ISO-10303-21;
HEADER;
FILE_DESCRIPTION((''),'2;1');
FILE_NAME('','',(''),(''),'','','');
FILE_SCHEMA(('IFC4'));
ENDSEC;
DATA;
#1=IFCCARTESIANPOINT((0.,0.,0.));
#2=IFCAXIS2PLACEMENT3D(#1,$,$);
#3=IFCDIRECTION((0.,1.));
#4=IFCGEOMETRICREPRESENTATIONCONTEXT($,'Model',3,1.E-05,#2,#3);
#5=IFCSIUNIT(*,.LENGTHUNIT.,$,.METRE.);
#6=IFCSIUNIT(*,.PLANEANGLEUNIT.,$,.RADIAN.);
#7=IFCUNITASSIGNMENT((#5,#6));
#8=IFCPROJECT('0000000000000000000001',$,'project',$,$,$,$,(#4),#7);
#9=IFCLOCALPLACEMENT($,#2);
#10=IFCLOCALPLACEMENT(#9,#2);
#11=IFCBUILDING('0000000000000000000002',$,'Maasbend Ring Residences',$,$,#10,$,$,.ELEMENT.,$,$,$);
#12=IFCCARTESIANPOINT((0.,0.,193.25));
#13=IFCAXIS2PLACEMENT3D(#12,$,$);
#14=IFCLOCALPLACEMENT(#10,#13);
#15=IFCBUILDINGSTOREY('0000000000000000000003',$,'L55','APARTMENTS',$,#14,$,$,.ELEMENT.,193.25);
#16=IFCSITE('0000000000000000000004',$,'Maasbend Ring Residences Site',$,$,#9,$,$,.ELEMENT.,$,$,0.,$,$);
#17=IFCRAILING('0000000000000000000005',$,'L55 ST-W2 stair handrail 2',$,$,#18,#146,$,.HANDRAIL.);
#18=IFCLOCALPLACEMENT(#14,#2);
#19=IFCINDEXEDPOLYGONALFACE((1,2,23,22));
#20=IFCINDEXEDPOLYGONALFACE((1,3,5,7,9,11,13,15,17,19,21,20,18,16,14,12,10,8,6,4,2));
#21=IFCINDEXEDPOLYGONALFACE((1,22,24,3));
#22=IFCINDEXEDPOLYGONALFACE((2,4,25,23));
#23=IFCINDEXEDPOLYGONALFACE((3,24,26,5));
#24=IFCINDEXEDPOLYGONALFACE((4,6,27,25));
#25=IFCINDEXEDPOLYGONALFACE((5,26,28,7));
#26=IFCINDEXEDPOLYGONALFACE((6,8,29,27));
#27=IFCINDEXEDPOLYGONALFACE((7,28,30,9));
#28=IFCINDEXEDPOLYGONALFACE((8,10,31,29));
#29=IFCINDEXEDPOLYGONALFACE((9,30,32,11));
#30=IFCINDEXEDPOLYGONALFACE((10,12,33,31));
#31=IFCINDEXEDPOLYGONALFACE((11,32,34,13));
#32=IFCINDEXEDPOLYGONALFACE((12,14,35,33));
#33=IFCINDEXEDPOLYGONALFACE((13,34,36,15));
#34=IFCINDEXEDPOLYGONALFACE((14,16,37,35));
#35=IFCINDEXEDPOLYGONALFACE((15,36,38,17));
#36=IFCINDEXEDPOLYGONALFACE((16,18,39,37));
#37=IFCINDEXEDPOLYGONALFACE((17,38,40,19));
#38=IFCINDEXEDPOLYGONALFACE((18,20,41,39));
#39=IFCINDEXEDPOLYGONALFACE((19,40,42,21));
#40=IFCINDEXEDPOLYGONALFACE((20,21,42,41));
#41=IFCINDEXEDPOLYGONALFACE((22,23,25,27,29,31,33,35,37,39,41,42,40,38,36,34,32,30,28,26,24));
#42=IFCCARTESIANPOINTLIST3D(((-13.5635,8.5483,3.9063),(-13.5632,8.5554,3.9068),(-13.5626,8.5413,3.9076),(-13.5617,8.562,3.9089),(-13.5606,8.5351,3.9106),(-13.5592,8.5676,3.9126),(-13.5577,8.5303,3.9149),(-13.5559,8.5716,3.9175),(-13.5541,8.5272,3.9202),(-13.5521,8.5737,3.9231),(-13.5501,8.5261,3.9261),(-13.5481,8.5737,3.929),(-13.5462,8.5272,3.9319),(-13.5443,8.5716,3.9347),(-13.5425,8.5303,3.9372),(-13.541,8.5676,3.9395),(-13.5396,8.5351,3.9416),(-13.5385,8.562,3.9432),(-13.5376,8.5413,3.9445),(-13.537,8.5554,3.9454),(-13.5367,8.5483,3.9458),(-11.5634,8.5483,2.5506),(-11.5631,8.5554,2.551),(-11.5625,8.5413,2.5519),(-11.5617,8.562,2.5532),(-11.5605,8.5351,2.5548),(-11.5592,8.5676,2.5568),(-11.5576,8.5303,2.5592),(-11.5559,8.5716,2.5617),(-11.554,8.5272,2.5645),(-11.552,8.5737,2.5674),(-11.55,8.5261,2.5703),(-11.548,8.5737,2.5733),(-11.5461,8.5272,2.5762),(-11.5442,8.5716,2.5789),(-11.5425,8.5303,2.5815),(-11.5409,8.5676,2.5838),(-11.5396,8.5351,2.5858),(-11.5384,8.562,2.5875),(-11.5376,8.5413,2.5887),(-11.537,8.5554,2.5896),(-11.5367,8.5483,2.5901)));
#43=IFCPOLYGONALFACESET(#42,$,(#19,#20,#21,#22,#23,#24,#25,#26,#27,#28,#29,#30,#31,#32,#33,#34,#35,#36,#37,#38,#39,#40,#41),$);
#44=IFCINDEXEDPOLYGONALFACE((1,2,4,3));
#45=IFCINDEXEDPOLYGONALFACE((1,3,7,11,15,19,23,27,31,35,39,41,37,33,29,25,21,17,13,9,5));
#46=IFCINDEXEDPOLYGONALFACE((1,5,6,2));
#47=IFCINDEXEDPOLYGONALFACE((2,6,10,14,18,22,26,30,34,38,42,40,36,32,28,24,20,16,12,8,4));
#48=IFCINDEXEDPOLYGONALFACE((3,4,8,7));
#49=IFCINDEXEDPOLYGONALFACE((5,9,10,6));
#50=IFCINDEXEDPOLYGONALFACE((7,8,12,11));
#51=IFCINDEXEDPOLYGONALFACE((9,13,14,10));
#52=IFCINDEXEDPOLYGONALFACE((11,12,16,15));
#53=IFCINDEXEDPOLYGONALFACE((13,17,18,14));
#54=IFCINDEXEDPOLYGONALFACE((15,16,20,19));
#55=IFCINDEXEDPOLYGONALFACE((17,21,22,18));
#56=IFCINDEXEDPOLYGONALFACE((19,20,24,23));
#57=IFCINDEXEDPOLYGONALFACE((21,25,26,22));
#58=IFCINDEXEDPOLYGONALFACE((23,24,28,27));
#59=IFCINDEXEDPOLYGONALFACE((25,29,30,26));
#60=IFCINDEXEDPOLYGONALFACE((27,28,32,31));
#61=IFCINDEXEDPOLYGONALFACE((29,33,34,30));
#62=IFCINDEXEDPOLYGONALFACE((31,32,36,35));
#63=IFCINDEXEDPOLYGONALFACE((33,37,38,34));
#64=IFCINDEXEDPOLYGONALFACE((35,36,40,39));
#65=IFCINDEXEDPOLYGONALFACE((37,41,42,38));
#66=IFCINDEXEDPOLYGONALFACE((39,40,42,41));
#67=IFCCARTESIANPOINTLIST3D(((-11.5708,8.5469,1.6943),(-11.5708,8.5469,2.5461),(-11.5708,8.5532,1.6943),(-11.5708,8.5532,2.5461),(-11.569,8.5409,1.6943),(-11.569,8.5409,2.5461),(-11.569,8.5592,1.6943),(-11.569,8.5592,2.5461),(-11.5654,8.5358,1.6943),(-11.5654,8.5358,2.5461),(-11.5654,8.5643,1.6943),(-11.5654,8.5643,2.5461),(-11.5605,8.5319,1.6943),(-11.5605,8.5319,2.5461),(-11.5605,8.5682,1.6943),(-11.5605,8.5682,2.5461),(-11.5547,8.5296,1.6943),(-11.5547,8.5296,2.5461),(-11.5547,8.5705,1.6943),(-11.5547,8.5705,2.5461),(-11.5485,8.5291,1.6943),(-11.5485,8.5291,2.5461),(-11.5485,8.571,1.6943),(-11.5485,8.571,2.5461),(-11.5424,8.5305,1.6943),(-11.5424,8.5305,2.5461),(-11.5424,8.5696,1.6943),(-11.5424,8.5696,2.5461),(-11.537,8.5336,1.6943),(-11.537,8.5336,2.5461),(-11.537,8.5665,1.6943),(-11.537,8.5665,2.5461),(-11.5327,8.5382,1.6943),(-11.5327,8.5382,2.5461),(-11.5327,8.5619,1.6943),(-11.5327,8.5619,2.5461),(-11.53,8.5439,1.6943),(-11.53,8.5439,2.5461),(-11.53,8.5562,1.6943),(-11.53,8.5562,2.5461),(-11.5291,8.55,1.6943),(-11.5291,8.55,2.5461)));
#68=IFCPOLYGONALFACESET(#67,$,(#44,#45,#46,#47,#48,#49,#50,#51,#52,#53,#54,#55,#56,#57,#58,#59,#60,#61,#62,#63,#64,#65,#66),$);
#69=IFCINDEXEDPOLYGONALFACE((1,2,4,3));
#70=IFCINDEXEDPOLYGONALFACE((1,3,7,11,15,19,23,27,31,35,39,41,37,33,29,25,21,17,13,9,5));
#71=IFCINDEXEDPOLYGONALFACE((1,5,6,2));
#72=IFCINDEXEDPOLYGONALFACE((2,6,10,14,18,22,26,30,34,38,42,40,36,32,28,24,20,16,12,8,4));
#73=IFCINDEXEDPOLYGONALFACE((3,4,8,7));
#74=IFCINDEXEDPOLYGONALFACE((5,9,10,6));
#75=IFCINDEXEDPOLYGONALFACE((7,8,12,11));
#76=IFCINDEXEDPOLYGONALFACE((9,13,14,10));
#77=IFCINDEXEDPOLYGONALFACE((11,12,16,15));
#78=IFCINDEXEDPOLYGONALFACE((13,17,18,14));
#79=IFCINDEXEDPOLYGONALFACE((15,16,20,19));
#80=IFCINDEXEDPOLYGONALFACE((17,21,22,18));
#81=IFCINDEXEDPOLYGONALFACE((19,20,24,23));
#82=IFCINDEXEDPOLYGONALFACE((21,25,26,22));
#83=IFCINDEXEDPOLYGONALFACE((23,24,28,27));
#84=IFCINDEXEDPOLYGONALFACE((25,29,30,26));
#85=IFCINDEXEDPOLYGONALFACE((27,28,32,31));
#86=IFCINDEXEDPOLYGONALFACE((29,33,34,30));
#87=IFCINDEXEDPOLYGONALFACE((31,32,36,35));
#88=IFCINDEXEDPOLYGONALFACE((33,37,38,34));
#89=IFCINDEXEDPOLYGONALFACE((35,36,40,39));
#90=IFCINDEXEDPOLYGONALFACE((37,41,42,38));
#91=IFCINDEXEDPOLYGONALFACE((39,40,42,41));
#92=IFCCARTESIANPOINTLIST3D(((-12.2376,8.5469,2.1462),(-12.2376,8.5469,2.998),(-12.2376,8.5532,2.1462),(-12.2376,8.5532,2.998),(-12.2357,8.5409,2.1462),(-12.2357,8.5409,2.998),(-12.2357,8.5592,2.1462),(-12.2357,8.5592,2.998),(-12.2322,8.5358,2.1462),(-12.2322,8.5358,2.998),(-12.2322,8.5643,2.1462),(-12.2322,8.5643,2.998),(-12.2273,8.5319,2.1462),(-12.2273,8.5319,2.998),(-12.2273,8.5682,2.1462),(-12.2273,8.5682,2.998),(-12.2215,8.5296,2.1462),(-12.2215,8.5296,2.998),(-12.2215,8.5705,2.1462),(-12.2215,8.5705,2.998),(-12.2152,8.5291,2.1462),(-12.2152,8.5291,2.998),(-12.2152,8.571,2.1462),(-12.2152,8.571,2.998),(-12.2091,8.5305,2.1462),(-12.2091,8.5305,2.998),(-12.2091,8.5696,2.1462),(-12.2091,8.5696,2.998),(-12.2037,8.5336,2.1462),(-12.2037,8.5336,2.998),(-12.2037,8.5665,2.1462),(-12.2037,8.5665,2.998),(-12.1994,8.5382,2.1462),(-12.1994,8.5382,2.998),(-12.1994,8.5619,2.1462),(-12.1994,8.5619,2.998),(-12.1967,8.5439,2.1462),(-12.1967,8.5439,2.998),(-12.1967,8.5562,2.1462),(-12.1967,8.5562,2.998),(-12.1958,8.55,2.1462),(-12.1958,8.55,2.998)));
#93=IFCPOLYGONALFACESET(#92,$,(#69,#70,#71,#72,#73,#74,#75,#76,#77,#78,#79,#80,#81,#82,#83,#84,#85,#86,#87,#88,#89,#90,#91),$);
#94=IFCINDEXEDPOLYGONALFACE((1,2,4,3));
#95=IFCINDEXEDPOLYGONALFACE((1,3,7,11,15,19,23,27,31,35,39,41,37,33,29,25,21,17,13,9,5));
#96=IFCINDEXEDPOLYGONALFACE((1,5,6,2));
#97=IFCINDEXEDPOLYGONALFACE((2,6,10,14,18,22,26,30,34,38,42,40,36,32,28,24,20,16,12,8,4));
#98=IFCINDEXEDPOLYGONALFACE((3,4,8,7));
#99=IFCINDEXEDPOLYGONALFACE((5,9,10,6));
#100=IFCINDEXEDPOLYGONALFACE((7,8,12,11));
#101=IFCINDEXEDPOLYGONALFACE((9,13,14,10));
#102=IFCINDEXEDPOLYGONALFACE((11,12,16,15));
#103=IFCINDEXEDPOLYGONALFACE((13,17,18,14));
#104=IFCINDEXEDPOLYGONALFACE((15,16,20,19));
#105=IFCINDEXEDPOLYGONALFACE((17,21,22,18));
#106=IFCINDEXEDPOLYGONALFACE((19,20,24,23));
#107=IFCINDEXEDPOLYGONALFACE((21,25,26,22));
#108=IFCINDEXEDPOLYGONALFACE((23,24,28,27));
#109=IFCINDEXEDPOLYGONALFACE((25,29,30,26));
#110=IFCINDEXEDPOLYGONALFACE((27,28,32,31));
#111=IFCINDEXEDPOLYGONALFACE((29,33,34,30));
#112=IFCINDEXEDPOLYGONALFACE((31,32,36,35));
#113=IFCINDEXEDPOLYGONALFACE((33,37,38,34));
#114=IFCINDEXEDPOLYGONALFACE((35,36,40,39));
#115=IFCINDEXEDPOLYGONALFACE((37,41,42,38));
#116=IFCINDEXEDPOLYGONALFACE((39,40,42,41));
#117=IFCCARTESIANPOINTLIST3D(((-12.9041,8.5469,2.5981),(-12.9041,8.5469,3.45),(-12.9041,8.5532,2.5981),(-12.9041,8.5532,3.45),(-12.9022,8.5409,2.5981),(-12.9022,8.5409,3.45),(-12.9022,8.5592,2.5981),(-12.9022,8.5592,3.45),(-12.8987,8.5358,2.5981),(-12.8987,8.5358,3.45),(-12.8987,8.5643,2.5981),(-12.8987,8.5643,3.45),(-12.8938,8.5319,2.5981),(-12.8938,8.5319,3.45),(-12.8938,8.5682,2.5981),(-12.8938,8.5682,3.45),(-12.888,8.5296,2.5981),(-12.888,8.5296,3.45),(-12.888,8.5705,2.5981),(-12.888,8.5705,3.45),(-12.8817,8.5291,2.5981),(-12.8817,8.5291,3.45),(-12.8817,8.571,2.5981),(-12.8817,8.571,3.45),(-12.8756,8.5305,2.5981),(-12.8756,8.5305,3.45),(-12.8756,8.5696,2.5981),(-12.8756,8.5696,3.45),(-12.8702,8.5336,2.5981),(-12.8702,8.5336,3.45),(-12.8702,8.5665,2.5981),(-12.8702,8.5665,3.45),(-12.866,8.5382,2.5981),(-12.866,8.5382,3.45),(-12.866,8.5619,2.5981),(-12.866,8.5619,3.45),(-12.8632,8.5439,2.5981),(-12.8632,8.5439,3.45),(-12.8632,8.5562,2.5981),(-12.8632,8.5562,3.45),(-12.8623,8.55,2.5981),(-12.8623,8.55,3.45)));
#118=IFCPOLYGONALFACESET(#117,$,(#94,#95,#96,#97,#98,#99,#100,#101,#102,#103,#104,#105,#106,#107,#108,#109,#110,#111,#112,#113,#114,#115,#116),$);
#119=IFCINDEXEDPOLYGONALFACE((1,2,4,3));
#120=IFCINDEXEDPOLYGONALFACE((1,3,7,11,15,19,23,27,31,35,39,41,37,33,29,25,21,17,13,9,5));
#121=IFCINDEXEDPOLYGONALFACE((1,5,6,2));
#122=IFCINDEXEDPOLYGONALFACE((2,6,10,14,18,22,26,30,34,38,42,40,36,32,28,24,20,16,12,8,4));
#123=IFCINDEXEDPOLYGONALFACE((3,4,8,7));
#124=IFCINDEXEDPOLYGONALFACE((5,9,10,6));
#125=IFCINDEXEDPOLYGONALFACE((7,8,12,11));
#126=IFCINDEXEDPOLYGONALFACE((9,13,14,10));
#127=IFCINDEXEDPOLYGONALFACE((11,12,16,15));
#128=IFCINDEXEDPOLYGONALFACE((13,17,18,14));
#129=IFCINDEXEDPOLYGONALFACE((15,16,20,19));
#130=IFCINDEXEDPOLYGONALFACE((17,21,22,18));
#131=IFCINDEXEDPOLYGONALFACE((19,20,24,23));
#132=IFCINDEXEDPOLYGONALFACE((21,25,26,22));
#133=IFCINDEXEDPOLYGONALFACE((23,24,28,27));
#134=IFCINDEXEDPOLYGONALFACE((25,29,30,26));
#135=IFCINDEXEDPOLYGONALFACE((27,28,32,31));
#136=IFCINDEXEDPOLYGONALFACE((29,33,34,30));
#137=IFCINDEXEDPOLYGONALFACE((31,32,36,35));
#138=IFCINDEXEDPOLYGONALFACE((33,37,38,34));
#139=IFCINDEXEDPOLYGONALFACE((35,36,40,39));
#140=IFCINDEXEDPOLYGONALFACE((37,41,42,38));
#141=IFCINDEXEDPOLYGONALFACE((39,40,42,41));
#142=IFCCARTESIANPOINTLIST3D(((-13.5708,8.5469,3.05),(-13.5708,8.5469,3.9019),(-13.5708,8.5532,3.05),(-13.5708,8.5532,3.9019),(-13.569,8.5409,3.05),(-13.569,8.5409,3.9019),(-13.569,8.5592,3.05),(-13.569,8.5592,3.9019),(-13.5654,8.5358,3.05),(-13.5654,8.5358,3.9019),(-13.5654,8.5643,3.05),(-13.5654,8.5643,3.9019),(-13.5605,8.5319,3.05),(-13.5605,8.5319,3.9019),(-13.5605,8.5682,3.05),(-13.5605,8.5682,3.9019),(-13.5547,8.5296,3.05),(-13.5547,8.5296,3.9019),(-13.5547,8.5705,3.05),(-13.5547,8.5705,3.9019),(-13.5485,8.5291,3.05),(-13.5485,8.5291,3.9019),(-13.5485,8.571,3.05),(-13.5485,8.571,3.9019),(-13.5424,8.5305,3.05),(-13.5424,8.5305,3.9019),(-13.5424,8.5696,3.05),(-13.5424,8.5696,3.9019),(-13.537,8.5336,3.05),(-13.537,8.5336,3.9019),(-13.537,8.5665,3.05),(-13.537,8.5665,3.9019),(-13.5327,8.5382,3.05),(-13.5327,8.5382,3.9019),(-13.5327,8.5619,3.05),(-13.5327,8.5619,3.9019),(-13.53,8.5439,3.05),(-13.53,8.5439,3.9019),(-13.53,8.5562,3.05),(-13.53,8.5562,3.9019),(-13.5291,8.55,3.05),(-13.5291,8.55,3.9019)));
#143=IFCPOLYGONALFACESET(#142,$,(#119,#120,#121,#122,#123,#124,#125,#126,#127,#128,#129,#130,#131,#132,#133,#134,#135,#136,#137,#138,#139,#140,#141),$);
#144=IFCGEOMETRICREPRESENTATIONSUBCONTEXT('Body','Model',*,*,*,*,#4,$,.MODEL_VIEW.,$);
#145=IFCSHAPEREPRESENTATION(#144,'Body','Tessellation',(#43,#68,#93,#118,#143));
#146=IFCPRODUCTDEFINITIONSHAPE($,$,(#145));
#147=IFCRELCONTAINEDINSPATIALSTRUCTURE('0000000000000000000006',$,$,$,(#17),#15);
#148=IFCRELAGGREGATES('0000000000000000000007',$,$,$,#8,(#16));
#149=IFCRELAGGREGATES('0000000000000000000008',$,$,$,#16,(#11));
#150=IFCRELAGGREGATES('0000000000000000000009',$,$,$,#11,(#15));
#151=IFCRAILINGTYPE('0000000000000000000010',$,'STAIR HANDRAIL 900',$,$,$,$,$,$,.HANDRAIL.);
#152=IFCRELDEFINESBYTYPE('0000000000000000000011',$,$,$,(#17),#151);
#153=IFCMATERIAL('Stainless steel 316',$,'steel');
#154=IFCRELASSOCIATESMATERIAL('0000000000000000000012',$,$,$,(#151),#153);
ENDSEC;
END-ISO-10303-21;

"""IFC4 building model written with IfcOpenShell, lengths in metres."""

from ifc_helpers import new_model, si_unit, direction, frame, origin, origin_2d, place, context, subcontext, project, spatial, circle, extrude, material, type_object, element, save


model = new_model("IFC4")

# Units and contexts
model_context = context("Model", 3, precision=1e-05, world=origin(), true_north=direction((0.0, 1.0)))
body_context = subcontext(model_context, "Body", "Model", "MODEL_VIEW")
ifc_project = project(units=[si_unit("LENGTHUNIT", "METRE"), si_unit("PLANEANGLEUNIT", "RADIAN")], contexts=[model_context])

# Site, building, storey
site_placement = place(None, origin())
site = spatial("IfcSite", under=ifc_project, at=site_placement, Name="Maasbend Ring Residences Site", CompositionType="ELEMENT", RefElevation=0.0)
building_placement = place(site_placement, origin())
building = spatial("IfcBuilding", under=site, at=building_placement, Name="Maasbend Ring Residences", CompositionType="ELEMENT")
storey_placement = place(building_placement, frame((0.0, 0.0, 193.25)))
storey = spatial("IfcBuildingStorey", under=building, at=storey_placement, Name="L55", Description="APARTMENTS", CompositionType="ELEMENT", Elevation=193.25)

# Railing
ifc_material_1 = material(Name="Stainless steel 316", Category="steel")
railing_type_1 = type_object("IfcRailingType", Name="STAIR HANDRAIL 900", PredefinedType="HANDRAIL", material=ifc_material_1)
railing_1_placement = place(storey_placement, frame((-11.55, 8.55, 1.6943)))
element("IfcRailing", 1, at=railing_1_placement, inside=storey, type_object=railing_type_1, Name="L55 ST-W2 stair handrail 2", PredefinedType="HANDRAIL", context=body_context, shape_type="SweptSolid", body=[
    extrude(circle(Radius=0.0239, at=origin_2d()), frame((0.0, 0.0, 0.876), z_axis=(-0.827751, 0.0, 0.561096), x_axis=(0.0, -1.0, 0.0)), (0.0, 0.0, 1.0), 2.4163),
    extrude(circle(Radius=0.021, at=origin_2d()), origin(), (0.0, 0.0, 1.0), 0.8518),
    extrude(circle(Radius=0.021, at=origin_2d()), frame((-0.6667, 0.0, 0.4519)), (0.0, 0.0, 1.0), 0.8518),
    extrude(circle(Radius=0.021, at=origin_2d()), frame((-1.3333, 0.0, 0.9038)), (0.0, 0.0, 1.0), 0.8518),
    extrude(circle(Radius=0.021, at=origin_2d()), frame((-2.0, 0.0, 1.3557)), (0.0, 0.0, 1.0), 0.8518),
])

save(model, "model.ifc")
